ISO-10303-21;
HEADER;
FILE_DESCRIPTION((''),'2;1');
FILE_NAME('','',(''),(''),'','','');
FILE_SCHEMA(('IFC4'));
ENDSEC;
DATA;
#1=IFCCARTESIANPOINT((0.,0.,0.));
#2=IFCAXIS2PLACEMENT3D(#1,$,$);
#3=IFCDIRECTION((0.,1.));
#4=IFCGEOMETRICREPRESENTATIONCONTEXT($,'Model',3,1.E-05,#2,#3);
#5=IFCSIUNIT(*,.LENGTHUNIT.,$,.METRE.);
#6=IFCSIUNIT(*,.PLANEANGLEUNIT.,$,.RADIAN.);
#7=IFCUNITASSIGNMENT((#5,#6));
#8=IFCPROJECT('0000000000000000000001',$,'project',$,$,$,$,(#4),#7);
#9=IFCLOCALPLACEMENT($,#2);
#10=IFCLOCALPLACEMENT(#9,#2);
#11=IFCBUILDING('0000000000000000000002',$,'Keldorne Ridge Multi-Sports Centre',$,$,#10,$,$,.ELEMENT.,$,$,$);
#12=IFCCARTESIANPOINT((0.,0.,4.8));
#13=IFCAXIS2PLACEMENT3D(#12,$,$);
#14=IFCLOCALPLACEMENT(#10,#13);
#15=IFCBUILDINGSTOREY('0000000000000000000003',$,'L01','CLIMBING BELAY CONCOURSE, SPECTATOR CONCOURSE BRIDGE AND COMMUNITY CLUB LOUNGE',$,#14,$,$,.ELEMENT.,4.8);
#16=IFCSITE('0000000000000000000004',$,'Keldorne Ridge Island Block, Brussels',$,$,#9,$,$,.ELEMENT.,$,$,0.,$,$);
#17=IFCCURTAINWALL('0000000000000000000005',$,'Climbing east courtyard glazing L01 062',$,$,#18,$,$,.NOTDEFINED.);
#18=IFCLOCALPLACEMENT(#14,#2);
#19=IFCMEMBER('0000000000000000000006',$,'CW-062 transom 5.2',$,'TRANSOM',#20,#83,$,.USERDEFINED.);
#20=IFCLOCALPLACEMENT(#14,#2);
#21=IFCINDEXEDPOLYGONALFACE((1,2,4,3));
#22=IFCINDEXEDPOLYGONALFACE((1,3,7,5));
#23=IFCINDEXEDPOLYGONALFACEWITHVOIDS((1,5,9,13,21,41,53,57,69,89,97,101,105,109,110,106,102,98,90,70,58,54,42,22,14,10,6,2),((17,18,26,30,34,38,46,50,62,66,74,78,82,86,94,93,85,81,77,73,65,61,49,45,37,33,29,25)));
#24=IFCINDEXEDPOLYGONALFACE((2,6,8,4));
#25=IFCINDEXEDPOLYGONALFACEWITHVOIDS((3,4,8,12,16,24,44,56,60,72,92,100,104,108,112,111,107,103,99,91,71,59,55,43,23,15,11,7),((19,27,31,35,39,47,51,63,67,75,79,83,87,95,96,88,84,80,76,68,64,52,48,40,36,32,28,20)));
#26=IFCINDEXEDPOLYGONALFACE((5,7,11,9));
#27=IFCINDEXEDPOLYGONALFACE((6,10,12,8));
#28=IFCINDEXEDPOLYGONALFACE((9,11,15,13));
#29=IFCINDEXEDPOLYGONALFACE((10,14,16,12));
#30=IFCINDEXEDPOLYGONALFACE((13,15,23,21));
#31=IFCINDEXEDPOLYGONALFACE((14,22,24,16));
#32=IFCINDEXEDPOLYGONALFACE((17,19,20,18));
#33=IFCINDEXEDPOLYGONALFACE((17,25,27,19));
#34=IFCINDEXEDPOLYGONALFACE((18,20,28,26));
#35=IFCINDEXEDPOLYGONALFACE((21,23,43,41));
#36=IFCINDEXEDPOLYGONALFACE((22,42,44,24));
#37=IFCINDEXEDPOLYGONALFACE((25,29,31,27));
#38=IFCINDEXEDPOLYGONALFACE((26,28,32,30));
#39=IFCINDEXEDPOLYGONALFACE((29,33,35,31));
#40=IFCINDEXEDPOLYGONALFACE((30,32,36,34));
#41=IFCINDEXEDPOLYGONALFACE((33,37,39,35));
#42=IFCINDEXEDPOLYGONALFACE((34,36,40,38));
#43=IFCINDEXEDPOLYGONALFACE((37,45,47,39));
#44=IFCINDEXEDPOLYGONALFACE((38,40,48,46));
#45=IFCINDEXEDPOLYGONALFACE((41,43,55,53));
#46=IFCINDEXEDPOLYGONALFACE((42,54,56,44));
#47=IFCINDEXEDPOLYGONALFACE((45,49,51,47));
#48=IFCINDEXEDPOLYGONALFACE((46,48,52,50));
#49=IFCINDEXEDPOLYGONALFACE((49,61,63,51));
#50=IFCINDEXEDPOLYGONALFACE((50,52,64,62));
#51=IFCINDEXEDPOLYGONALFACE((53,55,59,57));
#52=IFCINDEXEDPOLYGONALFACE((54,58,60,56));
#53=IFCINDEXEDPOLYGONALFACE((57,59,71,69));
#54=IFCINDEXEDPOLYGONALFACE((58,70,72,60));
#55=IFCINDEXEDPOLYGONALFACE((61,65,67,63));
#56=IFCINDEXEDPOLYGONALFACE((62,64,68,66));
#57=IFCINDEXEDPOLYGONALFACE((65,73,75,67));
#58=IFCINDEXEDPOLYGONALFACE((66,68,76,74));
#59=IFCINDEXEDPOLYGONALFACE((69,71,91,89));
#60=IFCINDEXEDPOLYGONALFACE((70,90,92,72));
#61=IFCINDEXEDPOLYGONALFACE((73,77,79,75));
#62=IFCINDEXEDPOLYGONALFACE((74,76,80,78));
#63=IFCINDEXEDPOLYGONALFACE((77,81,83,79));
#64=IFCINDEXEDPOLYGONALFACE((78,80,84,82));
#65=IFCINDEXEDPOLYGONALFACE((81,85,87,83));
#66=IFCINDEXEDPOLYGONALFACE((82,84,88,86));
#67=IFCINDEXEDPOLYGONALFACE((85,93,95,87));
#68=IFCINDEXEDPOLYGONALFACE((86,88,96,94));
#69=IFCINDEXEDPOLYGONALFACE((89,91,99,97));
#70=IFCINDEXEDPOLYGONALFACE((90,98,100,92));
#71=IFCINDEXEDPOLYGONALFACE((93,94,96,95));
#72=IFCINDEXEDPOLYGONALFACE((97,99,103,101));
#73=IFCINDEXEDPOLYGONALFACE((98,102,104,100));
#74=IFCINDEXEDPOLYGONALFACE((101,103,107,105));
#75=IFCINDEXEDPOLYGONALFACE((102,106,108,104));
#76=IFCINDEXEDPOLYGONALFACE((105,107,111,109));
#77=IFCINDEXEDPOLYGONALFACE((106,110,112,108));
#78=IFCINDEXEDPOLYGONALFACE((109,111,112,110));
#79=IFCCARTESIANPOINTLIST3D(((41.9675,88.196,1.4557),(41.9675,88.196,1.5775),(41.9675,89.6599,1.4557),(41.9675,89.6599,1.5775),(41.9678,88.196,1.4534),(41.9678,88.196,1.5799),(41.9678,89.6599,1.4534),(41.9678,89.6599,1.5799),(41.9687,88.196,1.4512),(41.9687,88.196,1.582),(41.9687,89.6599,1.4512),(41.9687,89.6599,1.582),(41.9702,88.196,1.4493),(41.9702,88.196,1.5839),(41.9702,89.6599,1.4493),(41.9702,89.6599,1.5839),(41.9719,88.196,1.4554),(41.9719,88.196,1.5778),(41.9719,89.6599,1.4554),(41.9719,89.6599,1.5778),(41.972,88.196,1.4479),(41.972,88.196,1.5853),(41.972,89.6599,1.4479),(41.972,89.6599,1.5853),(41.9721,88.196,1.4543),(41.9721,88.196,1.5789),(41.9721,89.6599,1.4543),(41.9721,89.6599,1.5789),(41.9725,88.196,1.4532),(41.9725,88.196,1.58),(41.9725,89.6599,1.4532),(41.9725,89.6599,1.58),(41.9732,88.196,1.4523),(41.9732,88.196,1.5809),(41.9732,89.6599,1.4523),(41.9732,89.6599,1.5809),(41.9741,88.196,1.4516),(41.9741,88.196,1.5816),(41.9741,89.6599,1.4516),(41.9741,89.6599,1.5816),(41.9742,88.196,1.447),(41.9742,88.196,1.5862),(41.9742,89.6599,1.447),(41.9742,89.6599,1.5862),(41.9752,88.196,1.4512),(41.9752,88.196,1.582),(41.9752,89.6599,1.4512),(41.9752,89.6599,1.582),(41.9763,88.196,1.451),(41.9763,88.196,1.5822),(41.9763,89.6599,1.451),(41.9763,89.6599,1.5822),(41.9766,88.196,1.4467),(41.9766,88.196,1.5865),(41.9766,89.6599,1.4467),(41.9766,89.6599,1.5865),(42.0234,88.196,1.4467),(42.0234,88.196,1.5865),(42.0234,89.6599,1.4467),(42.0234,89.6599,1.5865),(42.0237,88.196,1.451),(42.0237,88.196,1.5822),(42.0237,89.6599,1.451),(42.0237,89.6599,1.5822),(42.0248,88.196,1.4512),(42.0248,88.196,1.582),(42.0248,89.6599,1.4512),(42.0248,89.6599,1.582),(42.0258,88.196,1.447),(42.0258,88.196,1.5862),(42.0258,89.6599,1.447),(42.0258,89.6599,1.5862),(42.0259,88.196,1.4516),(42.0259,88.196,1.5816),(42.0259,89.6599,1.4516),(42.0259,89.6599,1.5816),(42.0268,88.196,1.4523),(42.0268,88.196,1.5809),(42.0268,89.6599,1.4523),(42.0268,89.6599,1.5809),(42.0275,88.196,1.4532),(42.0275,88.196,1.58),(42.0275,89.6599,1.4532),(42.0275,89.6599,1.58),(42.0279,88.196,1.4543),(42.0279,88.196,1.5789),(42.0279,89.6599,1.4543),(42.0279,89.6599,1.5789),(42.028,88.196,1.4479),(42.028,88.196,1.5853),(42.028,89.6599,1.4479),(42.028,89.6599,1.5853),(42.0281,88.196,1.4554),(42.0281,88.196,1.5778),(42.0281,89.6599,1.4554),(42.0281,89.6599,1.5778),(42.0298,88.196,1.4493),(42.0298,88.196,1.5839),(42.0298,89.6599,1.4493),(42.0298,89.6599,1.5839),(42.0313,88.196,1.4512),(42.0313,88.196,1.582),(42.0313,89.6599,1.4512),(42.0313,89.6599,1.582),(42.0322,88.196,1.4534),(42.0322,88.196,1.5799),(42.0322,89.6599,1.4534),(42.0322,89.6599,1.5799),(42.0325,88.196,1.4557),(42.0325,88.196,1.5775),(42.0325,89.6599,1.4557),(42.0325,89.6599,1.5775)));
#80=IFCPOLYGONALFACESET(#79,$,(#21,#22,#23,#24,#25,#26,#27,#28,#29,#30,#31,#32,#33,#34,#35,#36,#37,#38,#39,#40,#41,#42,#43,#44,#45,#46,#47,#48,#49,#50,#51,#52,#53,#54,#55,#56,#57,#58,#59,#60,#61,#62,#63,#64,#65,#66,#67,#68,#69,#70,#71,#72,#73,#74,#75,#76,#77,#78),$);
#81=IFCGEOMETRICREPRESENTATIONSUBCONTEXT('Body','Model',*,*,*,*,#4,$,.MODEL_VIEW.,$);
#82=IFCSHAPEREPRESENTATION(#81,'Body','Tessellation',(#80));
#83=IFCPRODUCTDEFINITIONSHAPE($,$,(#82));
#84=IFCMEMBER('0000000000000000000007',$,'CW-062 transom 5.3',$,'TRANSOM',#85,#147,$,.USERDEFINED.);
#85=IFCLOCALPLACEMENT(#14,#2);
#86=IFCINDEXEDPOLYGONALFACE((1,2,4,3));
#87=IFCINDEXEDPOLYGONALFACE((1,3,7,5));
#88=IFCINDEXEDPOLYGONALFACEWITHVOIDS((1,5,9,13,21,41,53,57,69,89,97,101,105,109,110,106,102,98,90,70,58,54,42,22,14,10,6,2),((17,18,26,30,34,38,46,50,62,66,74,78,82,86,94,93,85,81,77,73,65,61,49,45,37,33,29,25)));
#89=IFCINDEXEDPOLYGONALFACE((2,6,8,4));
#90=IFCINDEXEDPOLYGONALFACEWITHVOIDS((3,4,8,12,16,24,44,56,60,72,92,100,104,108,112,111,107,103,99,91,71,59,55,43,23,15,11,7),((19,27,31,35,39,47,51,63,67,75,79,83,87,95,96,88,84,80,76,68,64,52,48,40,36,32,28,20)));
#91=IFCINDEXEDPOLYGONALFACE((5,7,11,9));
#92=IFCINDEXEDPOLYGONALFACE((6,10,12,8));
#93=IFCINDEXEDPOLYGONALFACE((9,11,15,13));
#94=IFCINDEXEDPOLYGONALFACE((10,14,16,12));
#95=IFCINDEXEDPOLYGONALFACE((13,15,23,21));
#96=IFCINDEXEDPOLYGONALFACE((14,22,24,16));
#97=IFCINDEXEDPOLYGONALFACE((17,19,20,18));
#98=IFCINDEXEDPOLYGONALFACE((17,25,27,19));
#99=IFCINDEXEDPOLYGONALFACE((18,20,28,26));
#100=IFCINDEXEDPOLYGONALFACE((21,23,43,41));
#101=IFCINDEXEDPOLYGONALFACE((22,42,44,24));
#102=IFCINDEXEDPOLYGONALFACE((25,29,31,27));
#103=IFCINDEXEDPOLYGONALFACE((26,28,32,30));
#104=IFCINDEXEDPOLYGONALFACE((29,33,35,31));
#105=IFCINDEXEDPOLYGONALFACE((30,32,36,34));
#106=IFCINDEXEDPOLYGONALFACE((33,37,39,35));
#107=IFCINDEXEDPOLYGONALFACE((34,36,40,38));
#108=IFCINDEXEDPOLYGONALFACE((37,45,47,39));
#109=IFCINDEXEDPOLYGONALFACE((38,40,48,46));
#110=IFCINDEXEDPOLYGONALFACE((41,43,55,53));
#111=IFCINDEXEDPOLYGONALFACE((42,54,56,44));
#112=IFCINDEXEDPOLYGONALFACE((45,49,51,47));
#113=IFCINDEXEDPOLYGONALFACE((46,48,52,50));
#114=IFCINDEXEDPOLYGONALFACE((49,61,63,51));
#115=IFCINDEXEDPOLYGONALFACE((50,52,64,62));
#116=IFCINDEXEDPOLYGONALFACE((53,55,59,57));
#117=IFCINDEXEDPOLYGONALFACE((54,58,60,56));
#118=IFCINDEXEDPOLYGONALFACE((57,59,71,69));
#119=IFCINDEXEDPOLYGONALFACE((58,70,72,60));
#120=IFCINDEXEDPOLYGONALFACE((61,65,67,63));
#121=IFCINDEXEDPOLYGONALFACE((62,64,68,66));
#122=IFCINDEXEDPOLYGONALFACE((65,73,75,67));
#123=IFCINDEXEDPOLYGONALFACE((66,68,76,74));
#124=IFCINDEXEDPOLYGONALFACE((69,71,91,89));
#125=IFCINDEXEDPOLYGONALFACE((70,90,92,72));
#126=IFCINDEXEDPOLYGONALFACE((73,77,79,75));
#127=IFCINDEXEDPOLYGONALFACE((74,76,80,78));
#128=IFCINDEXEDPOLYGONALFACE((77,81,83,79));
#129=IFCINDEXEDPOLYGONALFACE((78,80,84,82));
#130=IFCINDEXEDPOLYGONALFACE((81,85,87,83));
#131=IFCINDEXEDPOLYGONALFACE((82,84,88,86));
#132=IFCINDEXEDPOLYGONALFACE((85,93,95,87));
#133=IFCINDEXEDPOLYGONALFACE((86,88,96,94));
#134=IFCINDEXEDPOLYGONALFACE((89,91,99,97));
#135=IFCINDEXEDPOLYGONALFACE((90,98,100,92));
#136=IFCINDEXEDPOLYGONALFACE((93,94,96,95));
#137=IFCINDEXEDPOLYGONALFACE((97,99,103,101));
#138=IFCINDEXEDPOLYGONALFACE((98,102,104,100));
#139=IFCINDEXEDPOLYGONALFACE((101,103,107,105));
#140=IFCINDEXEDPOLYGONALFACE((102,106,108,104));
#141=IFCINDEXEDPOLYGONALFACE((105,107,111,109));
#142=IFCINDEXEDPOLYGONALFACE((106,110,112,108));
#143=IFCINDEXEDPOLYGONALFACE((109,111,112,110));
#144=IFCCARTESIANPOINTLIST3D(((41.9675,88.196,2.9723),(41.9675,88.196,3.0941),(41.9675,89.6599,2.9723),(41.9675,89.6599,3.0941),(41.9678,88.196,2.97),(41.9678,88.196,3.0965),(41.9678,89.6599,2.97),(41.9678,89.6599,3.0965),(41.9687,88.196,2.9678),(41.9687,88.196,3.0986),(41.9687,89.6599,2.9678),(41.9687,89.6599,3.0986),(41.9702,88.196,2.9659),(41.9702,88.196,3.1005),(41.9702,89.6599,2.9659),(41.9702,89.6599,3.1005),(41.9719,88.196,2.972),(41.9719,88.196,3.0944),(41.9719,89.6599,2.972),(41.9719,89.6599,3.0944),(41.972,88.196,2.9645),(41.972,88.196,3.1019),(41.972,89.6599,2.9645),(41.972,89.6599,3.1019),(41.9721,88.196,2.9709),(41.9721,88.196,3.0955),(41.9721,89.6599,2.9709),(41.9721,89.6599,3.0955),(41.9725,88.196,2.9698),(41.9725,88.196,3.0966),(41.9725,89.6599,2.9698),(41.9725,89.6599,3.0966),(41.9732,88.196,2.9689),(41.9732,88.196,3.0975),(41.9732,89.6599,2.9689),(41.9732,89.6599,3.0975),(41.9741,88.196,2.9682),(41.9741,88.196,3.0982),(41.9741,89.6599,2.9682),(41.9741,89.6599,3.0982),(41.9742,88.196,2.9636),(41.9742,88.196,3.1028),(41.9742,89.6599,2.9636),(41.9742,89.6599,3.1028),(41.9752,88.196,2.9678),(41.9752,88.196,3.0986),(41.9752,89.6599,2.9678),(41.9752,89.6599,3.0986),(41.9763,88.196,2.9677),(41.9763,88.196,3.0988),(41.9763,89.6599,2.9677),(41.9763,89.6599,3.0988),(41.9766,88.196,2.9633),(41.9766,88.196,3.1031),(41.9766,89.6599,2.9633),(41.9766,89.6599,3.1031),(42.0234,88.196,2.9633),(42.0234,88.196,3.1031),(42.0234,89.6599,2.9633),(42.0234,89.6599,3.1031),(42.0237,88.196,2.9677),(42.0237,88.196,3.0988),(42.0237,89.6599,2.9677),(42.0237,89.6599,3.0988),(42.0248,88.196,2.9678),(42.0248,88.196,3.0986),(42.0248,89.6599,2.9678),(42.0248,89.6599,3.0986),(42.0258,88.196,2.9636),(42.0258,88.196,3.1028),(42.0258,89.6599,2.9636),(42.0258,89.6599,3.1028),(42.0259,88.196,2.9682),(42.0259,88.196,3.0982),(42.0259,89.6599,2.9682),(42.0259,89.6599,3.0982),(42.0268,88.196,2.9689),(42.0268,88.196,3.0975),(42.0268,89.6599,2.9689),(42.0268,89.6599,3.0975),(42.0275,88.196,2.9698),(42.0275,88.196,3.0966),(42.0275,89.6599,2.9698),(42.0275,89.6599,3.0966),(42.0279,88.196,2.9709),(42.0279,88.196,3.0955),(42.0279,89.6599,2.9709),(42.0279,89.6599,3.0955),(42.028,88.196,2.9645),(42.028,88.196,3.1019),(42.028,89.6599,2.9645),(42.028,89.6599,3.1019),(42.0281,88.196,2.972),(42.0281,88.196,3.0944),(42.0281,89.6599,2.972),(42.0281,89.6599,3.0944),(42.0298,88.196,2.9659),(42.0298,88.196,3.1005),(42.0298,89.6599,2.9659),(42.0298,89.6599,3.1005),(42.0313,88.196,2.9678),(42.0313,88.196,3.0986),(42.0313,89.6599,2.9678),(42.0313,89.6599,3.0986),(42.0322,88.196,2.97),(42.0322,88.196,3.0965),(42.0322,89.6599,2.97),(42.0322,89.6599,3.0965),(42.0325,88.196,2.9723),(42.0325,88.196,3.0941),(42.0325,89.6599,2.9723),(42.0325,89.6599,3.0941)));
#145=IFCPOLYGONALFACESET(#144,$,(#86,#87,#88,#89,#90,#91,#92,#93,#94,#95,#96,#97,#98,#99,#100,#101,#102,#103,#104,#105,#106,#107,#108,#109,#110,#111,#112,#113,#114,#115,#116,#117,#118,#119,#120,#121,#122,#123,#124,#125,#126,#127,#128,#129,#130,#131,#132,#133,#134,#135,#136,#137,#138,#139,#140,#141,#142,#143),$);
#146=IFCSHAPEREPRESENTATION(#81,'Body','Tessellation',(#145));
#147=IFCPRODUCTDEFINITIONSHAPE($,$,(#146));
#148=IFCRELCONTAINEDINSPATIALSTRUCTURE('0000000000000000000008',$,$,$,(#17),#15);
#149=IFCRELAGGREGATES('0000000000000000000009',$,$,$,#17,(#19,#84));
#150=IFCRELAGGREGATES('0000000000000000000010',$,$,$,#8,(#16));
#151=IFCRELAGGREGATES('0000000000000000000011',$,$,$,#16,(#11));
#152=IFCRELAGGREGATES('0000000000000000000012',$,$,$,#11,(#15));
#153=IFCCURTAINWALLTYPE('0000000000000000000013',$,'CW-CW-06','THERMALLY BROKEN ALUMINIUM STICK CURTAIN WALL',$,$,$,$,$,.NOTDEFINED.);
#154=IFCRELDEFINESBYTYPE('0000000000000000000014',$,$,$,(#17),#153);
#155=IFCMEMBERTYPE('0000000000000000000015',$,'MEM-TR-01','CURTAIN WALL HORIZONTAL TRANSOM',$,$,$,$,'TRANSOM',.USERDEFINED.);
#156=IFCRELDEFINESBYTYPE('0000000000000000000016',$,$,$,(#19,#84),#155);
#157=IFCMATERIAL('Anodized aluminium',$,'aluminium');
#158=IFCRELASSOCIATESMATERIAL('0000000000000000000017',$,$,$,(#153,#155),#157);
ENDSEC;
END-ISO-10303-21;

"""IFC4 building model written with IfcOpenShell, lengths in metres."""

from ifc_helpers import new_model, si_unit, direction, frame, origin, origin_2d, place, context, subcontext, project, spatial, hollow_rectangle, extrude, material, material_profile, profile_set, type_object, element, aggregate, save


model = new_model("IFC4")

# Units and contexts
model_context = context("Model", 3, precision=1e-05, world=origin(), true_north=direction((0.0, 1.0)))
body_context = subcontext(model_context, "Body", "Model", "MODEL_VIEW")
ifc_project = project(units=[si_unit("LENGTHUNIT", "METRE"), si_unit("PLANEANGLEUNIT", "RADIAN")], contexts=[model_context])

# Site, building, storey
site_placement = place(None, origin())
site = spatial("IfcSite", under=ifc_project, at=site_placement, Name="Keldorne Ridge Island Block, Brussels", CompositionType="ELEMENT", RefElevation=0.0)
building_placement = place(site_placement, origin())
building = spatial("IfcBuilding", under=site, at=building_placement, Name="Keldorne Ridge Multi-Sports Centre", CompositionType="ELEMENT")
storey_placement = place(building_placement, frame((0.0, 0.0, 4.8)))
storey = spatial("IfcBuildingStorey", under=building, at=storey_placement, Name="L01", Description="CLIMBING BELAY CONCOURSE, SPECTATOR CONCOURSE BRIDGE AND COMMUNITY CLUB LOUNGE", CompositionType="ELEMENT", Elevation=4.8)

# Curtain wall
ifc_material_1 = material(Name="Anodized aluminium", Category="aluminium")
curtain_wall_type_1 = type_object("IfcCurtainWallType", Name="CW-CW-06", Description="THERMALLY BROKEN ALUMINIUM STICK CURTAIN WALL", PredefinedType="NOTDEFINED", material=ifc_material_1)
curtain_wall_1_placement = place(storey_placement, origin())
curtain_wall_1 = element("IfcCurtainWall", 1, at=curtain_wall_1_placement, inside=storey, type_object=curtain_wall_type_1, Name="Climbing east courtyard glazing L01 062", PredefinedType="NOTDEFINED")

# Members
ifc_material_profile_1 = material_profile(ifc_material_1, hollow_rectangle(XDim=0.0649, YDim=0.1399, WallThickness=0.0044, InnerFilletRadius=0.0044, OuterFilletRadius=0.009, at=origin_2d()), Name="ALU TRANSOM 140x65x4.5")
ifc_profile_set_1 = profile_set([ifc_material_profile_1], Name="Anodized aluminium")
member_type_1 = type_object("IfcMemberType", Name="MEM-TR-01", Description="CURTAIN WALL HORIZONTAL TRANSOM", ElementType="TRANSOM", PredefinedType="USERDEFINED", material=ifc_profile_set_1)
member_1_placement = place(storey_placement, frame((42.0, 88.196, 1.5166), z_axis=(0.0, 1.0, 0.0), x_axis=(-1.0, 0.0, 0.0)))
member_1 = element("IfcMember", 2, at=member_1_placement, type_object=member_type_1, Name="CW-062 transom 5.2", ObjectType="TRANSOM", PredefinedType="USERDEFINED", context=body_context, shape_type="SweptSolid", body=[
    extrude(hollow_rectangle(XDim=0.0649, YDim=0.1399, WallThickness=0.0044, InnerFilletRadius=0.0044, OuterFilletRadius=0.009, at=origin_2d()), origin(), (0.0, 0.0, 1.0), 1.4639),
])
member_2_placement = place(storey_placement, frame((42.0, 88.196, 3.0332), z_axis=(0.0, 1.0, 0.0), x_axis=(-1.0, 0.0, 0.0)))
member_2 = element("IfcMember", 3, at=member_2_placement, type_object=member_type_1, Name="CW-062 transom 5.3", ObjectType="TRANSOM", PredefinedType="USERDEFINED", context=body_context, shape_type="SweptSolid", body=[
    extrude(hollow_rectangle(XDim=0.0649, YDim=0.1399, WallThickness=0.0044, InnerFilletRadius=0.0044, OuterFilletRadius=0.009, at=origin_2d()), origin(), (0.0, 0.0, 1.0), 1.4639),
])

aggregate(curtain_wall_1, [member_1, member_2])

save(model, "model.ifc")
